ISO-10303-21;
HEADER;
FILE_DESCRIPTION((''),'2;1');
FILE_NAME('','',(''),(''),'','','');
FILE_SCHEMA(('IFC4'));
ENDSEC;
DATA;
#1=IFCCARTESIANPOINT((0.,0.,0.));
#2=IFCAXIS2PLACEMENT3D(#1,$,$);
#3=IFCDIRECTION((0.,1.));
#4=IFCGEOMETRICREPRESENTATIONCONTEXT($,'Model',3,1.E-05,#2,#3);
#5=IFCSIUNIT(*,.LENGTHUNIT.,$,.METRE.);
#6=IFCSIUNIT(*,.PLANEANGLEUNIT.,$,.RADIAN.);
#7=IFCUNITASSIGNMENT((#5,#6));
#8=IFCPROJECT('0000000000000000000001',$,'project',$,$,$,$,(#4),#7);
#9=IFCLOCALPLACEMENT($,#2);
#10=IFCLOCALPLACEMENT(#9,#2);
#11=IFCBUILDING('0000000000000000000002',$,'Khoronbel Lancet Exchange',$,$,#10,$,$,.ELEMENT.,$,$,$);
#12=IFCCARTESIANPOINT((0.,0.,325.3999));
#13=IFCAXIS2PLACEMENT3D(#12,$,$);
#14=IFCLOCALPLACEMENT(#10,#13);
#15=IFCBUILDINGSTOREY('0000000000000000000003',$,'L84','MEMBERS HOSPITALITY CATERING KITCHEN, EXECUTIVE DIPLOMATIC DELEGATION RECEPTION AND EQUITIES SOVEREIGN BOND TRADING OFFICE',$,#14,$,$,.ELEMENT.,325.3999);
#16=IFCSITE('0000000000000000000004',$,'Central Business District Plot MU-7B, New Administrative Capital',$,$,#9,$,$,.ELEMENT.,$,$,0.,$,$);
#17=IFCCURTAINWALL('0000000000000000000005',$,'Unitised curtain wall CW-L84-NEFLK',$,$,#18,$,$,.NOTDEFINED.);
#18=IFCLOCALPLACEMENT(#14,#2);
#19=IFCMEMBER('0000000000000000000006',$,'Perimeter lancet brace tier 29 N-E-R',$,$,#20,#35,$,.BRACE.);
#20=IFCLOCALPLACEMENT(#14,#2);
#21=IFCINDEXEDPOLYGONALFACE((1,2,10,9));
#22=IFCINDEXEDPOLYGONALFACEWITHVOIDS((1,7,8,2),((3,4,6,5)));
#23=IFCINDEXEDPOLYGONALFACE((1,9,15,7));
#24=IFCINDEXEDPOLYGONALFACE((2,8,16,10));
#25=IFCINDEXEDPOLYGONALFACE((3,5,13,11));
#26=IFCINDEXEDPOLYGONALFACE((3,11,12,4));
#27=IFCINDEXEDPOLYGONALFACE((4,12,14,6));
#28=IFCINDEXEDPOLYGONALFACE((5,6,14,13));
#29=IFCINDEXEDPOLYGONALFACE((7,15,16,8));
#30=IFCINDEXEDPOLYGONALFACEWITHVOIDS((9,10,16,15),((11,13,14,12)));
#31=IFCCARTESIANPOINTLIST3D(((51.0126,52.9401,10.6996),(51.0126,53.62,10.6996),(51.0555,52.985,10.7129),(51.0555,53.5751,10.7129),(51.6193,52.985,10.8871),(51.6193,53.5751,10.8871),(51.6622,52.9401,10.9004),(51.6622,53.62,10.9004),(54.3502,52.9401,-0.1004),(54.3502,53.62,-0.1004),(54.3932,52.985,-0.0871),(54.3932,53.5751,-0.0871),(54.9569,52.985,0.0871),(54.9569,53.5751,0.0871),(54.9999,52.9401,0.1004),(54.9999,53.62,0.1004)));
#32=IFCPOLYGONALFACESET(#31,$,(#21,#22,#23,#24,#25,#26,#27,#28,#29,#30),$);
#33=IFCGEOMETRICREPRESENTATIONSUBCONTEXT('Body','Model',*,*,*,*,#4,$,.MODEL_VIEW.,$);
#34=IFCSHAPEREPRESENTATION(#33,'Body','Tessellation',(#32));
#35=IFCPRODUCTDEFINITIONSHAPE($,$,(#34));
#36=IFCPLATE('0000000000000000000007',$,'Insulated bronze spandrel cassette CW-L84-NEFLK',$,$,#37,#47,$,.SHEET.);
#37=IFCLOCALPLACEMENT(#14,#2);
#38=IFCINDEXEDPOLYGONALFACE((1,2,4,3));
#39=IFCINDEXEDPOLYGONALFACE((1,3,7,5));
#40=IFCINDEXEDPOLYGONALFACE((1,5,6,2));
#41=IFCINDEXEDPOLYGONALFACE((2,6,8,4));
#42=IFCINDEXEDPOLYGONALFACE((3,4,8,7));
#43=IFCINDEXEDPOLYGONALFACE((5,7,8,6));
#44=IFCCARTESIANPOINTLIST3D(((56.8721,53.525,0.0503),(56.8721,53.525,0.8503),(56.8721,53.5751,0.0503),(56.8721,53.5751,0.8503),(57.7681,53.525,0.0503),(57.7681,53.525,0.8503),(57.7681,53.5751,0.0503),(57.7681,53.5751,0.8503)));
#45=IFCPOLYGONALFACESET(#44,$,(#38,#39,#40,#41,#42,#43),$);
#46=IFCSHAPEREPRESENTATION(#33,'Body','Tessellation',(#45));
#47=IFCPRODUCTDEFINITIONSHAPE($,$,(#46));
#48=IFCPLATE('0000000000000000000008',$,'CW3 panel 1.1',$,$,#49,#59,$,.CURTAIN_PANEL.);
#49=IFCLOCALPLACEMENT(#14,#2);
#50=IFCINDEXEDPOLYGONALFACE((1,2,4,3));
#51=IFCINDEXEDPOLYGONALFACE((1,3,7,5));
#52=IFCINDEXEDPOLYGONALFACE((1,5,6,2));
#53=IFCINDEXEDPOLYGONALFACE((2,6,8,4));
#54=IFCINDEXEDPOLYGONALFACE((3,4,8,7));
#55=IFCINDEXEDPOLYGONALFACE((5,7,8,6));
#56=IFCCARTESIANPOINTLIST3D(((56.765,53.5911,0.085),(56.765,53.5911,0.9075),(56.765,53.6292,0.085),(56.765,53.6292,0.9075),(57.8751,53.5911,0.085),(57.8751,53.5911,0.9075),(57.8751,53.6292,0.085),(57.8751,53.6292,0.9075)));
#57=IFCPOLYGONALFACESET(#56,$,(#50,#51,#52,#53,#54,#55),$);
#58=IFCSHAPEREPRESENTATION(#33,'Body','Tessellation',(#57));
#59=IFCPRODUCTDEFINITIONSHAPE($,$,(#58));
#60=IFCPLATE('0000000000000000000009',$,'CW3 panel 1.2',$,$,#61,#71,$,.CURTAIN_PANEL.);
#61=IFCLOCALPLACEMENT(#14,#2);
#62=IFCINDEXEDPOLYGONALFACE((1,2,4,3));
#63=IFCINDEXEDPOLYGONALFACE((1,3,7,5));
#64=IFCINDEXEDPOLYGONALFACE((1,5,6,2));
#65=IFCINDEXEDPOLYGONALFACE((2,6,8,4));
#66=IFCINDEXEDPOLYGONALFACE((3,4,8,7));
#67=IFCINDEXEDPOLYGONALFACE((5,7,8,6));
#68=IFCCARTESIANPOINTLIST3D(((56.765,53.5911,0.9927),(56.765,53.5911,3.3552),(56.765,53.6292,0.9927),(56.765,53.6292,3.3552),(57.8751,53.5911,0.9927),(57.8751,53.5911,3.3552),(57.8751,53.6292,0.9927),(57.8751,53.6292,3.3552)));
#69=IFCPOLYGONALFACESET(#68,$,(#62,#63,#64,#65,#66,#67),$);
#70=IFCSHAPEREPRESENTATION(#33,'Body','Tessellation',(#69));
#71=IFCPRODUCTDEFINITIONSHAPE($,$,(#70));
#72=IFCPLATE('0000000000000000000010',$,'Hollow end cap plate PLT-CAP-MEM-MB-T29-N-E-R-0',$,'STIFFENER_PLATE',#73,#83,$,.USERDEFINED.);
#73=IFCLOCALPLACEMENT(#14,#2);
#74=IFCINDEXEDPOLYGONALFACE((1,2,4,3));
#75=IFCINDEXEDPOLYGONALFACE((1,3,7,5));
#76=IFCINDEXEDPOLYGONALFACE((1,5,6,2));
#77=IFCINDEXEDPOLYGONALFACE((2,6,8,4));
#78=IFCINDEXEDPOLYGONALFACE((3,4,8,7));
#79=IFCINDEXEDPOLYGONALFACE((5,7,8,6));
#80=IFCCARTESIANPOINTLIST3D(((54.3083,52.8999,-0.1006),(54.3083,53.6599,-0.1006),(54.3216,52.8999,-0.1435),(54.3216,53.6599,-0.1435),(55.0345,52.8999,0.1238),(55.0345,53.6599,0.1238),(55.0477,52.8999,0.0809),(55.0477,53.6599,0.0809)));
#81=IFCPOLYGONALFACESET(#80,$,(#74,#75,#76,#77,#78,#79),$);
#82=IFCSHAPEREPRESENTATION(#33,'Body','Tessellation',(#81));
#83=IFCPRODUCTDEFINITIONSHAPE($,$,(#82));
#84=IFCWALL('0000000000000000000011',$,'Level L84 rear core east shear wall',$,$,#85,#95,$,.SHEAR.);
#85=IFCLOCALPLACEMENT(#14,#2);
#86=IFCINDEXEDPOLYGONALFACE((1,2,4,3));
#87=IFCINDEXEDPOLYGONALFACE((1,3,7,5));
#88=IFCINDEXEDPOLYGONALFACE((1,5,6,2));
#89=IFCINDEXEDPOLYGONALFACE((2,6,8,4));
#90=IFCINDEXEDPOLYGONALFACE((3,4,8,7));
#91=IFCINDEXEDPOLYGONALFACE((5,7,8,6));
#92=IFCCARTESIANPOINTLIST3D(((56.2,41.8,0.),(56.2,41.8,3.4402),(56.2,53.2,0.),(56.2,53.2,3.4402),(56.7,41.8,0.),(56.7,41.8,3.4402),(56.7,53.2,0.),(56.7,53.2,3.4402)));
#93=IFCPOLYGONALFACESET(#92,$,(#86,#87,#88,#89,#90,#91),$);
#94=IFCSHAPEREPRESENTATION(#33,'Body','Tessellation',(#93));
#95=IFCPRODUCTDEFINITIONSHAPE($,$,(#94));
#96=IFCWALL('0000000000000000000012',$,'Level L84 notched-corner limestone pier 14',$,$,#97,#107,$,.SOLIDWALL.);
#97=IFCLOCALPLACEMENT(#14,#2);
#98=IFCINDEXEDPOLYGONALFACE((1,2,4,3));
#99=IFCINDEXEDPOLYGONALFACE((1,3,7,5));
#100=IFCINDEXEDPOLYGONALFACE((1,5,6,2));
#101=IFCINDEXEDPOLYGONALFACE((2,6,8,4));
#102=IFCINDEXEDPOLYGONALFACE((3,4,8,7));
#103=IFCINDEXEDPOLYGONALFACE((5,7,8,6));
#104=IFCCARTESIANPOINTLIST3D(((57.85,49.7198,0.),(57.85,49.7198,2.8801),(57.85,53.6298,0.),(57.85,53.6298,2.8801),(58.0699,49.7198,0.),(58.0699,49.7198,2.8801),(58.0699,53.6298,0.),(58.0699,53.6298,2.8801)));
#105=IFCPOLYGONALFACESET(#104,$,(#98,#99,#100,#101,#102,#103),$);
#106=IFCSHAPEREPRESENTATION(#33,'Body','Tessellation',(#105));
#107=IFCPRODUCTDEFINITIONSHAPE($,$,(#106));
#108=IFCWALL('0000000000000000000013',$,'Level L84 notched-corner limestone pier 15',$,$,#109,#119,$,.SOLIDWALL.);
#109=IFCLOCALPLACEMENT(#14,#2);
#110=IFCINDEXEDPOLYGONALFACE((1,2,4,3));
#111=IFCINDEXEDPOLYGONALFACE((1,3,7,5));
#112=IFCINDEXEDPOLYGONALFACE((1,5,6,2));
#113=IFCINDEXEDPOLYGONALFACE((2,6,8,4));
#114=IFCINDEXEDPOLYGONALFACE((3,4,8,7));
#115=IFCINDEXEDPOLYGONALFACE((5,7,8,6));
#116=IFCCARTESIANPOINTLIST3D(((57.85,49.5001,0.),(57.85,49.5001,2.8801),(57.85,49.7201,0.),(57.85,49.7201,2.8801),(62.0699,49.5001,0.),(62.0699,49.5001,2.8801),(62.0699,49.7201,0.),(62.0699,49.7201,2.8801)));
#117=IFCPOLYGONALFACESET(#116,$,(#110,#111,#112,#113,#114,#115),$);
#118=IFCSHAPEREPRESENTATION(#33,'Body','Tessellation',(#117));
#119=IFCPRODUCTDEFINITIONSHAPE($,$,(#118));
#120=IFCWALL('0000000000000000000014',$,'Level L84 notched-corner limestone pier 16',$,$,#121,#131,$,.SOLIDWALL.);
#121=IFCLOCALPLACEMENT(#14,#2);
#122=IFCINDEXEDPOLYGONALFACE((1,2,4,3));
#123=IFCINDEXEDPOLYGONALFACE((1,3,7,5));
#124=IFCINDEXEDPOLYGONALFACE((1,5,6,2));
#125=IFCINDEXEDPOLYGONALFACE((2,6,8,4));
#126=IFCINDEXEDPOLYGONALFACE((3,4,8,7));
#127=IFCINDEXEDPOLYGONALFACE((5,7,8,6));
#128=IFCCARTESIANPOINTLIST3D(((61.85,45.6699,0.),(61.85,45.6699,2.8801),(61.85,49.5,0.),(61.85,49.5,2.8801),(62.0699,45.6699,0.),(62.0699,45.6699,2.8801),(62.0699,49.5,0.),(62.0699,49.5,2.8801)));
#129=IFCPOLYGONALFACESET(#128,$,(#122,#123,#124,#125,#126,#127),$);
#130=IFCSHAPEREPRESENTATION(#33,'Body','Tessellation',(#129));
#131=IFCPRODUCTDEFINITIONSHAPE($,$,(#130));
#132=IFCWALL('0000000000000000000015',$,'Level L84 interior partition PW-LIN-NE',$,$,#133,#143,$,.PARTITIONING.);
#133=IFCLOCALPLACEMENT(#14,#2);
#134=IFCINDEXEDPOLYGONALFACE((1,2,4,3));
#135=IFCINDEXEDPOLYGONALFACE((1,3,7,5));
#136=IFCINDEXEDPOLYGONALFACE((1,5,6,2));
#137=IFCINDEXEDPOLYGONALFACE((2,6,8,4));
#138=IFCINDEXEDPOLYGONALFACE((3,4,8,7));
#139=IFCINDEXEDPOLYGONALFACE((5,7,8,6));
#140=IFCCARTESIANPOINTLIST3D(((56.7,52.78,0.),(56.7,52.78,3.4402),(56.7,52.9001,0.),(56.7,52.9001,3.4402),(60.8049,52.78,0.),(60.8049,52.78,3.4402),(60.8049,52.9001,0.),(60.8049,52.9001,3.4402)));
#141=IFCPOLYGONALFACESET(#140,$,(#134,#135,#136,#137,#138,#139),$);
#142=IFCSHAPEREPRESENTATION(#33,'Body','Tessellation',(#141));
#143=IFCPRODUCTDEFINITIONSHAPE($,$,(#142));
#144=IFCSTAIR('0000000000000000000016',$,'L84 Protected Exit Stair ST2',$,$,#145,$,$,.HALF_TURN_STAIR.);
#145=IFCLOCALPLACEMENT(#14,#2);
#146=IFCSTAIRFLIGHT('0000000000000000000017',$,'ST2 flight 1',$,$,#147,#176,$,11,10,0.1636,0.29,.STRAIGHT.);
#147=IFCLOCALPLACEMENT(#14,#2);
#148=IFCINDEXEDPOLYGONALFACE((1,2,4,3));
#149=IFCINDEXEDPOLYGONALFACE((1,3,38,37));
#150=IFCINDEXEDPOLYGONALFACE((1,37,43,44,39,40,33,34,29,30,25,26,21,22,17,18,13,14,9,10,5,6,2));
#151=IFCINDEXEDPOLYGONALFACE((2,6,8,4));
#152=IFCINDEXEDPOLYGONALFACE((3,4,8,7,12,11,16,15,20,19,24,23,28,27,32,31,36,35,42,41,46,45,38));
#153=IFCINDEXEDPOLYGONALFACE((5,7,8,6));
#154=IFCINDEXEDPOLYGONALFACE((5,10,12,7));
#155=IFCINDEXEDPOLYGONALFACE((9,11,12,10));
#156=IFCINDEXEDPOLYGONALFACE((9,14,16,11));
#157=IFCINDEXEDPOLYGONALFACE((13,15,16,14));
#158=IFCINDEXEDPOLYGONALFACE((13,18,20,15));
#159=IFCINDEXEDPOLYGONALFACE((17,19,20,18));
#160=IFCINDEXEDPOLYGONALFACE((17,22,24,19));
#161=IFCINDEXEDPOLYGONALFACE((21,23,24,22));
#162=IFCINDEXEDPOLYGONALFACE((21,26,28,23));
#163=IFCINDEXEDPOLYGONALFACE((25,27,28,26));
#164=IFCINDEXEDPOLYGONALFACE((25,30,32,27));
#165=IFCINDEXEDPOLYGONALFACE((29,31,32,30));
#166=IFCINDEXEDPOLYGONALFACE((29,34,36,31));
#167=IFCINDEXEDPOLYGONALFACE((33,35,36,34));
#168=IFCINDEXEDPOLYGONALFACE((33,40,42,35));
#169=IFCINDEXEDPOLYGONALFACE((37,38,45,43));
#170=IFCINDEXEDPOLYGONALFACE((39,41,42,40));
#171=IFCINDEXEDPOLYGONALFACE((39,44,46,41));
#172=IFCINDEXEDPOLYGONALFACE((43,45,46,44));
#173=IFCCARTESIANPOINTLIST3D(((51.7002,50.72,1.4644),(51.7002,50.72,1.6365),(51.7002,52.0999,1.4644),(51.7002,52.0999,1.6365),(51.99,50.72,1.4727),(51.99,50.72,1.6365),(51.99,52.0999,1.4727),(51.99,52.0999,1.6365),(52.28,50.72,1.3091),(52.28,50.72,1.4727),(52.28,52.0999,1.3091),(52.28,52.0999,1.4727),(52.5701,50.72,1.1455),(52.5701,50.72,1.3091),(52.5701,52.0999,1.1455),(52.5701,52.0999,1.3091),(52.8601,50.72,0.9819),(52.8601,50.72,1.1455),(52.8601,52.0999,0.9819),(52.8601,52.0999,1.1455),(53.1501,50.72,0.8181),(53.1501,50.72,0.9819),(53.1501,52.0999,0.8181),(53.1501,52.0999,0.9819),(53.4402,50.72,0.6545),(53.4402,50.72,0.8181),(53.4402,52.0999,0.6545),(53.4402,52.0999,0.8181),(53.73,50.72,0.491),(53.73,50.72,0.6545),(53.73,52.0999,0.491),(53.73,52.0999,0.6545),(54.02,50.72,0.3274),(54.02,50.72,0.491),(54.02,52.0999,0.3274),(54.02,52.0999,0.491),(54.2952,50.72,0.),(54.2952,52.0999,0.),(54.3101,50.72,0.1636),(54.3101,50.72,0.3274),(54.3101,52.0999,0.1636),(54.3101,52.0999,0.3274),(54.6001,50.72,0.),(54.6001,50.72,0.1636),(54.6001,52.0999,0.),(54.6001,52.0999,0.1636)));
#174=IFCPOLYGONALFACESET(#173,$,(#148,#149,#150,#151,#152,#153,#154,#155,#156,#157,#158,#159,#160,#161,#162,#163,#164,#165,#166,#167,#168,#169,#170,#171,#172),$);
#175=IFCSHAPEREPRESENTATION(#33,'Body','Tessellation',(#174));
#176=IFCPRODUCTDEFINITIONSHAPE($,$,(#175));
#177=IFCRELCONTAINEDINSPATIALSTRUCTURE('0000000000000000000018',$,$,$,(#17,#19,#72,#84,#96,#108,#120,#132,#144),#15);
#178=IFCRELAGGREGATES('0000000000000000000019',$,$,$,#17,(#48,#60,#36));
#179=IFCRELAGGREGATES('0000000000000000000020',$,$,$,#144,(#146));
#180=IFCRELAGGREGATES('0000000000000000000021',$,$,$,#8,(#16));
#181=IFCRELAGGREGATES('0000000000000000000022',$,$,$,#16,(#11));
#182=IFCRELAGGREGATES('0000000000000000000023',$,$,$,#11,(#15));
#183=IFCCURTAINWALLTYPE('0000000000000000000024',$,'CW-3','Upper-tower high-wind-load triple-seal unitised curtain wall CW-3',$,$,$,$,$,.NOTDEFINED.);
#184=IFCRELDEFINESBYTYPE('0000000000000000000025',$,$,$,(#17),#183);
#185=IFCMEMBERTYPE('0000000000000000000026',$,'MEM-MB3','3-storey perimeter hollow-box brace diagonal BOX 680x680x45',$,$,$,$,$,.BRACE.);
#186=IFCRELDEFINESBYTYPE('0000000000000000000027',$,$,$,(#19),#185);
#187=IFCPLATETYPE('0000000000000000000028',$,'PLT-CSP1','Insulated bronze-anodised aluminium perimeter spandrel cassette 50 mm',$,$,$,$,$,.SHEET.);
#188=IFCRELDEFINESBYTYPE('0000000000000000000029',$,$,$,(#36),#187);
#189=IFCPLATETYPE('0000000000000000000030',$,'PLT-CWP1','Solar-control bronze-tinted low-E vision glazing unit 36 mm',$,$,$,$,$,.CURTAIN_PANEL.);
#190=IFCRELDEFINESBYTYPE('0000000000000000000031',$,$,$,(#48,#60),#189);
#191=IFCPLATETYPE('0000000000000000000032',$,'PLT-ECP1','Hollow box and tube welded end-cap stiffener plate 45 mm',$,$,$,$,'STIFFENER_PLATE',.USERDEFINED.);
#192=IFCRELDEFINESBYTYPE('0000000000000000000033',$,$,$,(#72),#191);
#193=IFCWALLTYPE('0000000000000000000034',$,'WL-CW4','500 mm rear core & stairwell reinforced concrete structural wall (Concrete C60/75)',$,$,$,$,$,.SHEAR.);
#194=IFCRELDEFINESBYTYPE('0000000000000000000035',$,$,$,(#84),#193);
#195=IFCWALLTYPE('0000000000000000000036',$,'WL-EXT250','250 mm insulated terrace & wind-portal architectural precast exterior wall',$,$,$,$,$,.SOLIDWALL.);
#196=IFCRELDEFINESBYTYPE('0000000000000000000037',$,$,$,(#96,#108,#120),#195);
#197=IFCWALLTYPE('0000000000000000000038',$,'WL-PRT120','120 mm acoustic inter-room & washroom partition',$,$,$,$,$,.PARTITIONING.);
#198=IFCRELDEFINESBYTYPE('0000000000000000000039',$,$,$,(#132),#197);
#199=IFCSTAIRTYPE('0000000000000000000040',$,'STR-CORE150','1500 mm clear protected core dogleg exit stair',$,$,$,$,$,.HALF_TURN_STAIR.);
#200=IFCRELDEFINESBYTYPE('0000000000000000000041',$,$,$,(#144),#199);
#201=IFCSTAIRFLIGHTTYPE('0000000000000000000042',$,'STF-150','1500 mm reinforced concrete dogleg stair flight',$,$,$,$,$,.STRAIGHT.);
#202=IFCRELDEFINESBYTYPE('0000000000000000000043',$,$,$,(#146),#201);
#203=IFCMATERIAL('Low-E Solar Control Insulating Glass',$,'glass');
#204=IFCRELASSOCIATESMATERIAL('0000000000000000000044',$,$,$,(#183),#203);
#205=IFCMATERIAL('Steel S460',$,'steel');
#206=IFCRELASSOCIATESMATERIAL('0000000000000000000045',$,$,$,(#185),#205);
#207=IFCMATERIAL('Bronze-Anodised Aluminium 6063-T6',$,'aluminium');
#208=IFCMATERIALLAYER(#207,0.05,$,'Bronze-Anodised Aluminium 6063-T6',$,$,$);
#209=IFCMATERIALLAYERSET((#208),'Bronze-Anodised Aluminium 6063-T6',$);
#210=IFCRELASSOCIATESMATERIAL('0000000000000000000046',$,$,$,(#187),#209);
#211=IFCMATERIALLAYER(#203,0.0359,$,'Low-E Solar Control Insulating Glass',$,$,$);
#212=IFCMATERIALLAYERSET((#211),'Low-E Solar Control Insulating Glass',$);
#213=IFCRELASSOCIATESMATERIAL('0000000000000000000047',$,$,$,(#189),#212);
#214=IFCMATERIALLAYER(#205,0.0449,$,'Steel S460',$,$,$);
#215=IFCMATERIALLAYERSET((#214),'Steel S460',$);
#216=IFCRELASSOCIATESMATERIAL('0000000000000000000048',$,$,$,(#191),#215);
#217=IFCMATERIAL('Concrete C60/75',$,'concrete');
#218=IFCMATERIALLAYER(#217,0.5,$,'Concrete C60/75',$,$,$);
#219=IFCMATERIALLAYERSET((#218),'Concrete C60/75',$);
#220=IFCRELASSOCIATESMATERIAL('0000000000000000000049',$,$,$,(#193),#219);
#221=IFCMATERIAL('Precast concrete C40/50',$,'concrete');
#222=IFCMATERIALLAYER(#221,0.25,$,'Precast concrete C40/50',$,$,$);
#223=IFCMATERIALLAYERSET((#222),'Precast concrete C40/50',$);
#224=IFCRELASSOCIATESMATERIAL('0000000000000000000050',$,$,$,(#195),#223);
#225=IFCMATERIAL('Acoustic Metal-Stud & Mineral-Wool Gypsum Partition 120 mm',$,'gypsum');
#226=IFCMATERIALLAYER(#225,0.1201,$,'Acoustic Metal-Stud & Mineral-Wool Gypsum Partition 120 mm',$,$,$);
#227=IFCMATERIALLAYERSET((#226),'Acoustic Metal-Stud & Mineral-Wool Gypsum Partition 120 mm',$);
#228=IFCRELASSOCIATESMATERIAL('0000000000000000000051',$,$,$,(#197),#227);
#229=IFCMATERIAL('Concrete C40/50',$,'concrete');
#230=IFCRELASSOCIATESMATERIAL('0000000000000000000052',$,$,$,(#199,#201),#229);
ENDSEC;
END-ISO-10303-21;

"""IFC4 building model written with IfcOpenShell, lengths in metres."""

from ifc_helpers import new_model, si_unit, direction, frame, frame_2d, origin, origin_2d, place, context, subcontext, project, spatial, polyline, rectangle, hollow_rectangle, outline, extrude, material, layer, layer_set, material_profile, profile_set, type_object, element, aggregate, save


model = new_model("IFC4")

# Units and contexts
model_context = context("Model", 3, precision=1e-05, world=origin(), true_north=direction((0.0, 1.0)))
body_context = subcontext(model_context, "Body", "Model", "MODEL_VIEW")
ifc_project = project(units=[si_unit("LENGTHUNIT", "METRE"), si_unit("PLANEANGLEUNIT", "RADIAN")], contexts=[model_context])

# Site, building, storey
site_placement = place(None, origin())
site = spatial("IfcSite", under=ifc_project, at=site_placement, Name="Central Business District Plot MU-7B, New Administrative Capital", CompositionType="ELEMENT", RefElevation=0.0)
building_placement = place(site_placement, origin())
building = spatial("IfcBuilding", under=site, at=building_placement, Name="Khoronbel Lancet Exchange", CompositionType="ELEMENT")
storey_placement = place(building_placement, frame((0.0, 0.0, 325.3999)))
storey = spatial("IfcBuildingStorey", under=building, at=storey_placement, Name="L84", Description="MEMBERS HOSPITALITY CATERING KITCHEN, EXECUTIVE DIPLOMATIC DELEGATION RECEPTION AND EQUITIES SOVEREIGN BOND TRADING OFFICE", CompositionType="ELEMENT", Elevation=325.3999)

# Shared definitions
ifc_material_1 = material(Name="Steel S460", Category="steel")

# Curtain wall
ifc_material_2 = material(Name="Low-E Solar Control Insulating Glass", Category="glass")
curtain_wall_type = type_object("IfcCurtainWallType", Name="CW-3", Description="Upper-tower high-wind-load triple-seal unitised curtain wall CW-3", PredefinedType="NOTDEFINED", material=ifc_material_2)
curtain_wall_placement = place(storey_placement, origin())
curtain_wall = element("IfcCurtainWall", 1, at=curtain_wall_placement, inside=storey, type_object=curtain_wall_type, Name="Unitised curtain wall CW-L84-NEFLK", PredefinedType="NOTDEFINED")
ifc_material_3 = material(Name="Bronze-Anodised Aluminium 6063-T6", Category="aluminium")

# Member
ifc_material_profile_1 = material_profile(ifc_material_1, hollow_rectangle(XDim=0.6799, YDim=0.6799, WallThickness=0.0449, at=origin_2d()), Name="BOX 680x680x45")
ifc_profile_set_1 = profile_set([ifc_material_profile_1], Name="Steel S460")
member_type_1 = type_object("IfcMemberType", Name="MEM-MB3", Description="3-storey perimeter hollow-box brace diagonal BOX 680x680x45", PredefinedType="BRACE", material=ifc_profile_set_1)
member_1_placement = place(storey_placement, frame((54.675, 53.28, 0.0), z_axis=(-0.295262, 0.0, 0.955416), x_axis=(0.0, -1.0, 0.0)))
element("IfcMember", 2, at=member_1_placement, inside=storey, type_object=member_type_1, Name="Perimeter lancet brace tier 29 N-E-R", PredefinedType="BRACE", context=body_context, shape_type="SweptSolid", body=[
    extrude(hollow_rectangle(XDim=0.6799, YDim=0.6799, WallThickness=0.0449, at=origin_2d()), origin(), (0.0, 0.0, 1.0), 11.304),
])

# Plates
ifc_layer_1 = layer(ifc_material_3, 0.05, Name="Bronze-Anodised Aluminium 6063-T6")
ifc_layer_set_1 = layer_set([ifc_layer_1], Name="Bronze-Anodised Aluminium 6063-T6")
plate_type_1 = type_object("IfcPlateType", Name="PLT-CSP1", Description="Insulated bronze-anodised aluminium perimeter spandrel cassette 50 mm", PredefinedType="SHEET", material=ifc_layer_set_1)
plate_1_placement = place(storey_placement, frame((57.3201, 53.55, 0.0503), z_axis=(0.0, 0.0, 1.0), x_axis=(-1.0, 0.0, 0.0)))
plate_1 = element("IfcPlate", 3, at=plate_1_placement, type_object=plate_type_1, Name="Insulated bronze spandrel cassette CW-L84-NEFLK", PredefinedType="SHEET", context=body_context, shape_type="SweptSolid", body=[
    extrude(rectangle(XDim=0.896, YDim=0.05, at=origin_2d()), origin(), (0.0, 0.0, 1.0), 0.8),
])
ifc_layer_2 = layer(ifc_material_2, 0.0359, Name="Low-E Solar Control Insulating Glass")
ifc_layer_set_2 = layer_set([ifc_layer_2], Name="Low-E Solar Control Insulating Glass")
plate_type_2 = type_object("IfcPlateType", Name="PLT-CWP1", Description="Solar-control bronze-tinted low-E vision glazing unit 36 mm", PredefinedType="CURTAIN_PANEL", material=ifc_layer_set_2)
plate_2_placement = place(storey_placement, frame((57.3201, 53.6101, 0.085), z_axis=(0.0, 0.0, 1.0), x_axis=(-1.0, 0.0, 0.0)))
plate_2 = element("IfcPlate", 4, at=plate_2_placement, type_object=plate_type_2, Name="CW3 panel 1.1", PredefinedType="CURTAIN_PANEL", context=body_context, shape_type="SweptSolid", body=[
    extrude(rectangle(XDim=1.1101, YDim=0.0381, at=origin_2d()), origin(), (0.0, 0.0, 1.0), 0.8225),
])
plate_3_placement = place(storey_placement, frame((57.3201, 53.6101, 0.9927), z_axis=(0.0, 0.0, 1.0), x_axis=(-1.0, 0.0, 0.0)))
plate_3 = element("IfcPlate", 5, at=plate_3_placement, type_object=plate_type_2, Name="CW3 panel 1.2", PredefinedType="CURTAIN_PANEL", context=body_context, shape_type="SweptSolid", body=[
    extrude(rectangle(XDim=1.1101, YDim=0.0381, at=origin_2d()), origin(), (0.0, 0.0, 1.0), 2.3625),
])
aggregate(curtain_wall, [plate_2, plate_3, plate_1])
ifc_layer_3 = layer(ifc_material_1, 0.0449, Name="Steel S460")
ifc_layer_set_3 = layer_set([ifc_layer_3], Name="Steel S460")
plate_type_3 = type_object("IfcPlateType", Name="PLT-ECP1", Description="Hollow box and tube welded end-cap stiffener plate 45 mm", ElementType="STIFFENER_PLATE", PredefinedType="USERDEFINED", material=ifc_layer_set_3)
plate_4_placement = place(storey_placement, frame((54.3083, 53.6599, -0.1006), z_axis=(-0.295237, 0.0, 0.955424), x_axis=(0.0, -1.0, 0.0)))
element("IfcPlate", 6, at=plate_4_placement, inside=storey, type_object=plate_type_3, Name="Hollow end cap plate PLT-CAP-MEM-MB-T29-N-E-R-0", ObjectType="STIFFENER_PLATE", PredefinedType="USERDEFINED", context=body_context, shape_type="SweptSolid", body=[
    extrude(outline(polyline([(0.0, 0.0), (0.76, 0.0), (0.76, 0.76), (0.0, 0.76), (0.0, 0.0)])), origin(), (0.0, 0.0, -1.0), 0.0449),
])

# Walls
ifc_material_4 = material(Name="Concrete C60/75", Category="concrete")
ifc_layer_4 = layer(ifc_material_4, 0.5, Name="Concrete C60/75")
ifc_layer_set_4 = layer_set([ifc_layer_4], Name="Concrete C60/75")
wall_type_1 = type_object("IfcWallType", Name="WL-CW4", Description="500 mm rear core & stairwell reinforced concrete structural wall (Concrete C60/75)", PredefinedType="SHEAR", material=ifc_layer_set_4)
wall_1_placement = place(storey_placement, frame((56.45, 53.2, 0.0), z_axis=(0.0, 0.0, 1.0), x_axis=(0.0, -1.0, 0.0)))
element("IfcWall", 7, at=wall_1_placement, inside=storey, type_object=wall_type_1, Name="Level L84 rear core east shear wall", PredefinedType="SHEAR", context=body_context, shape_type="SweptSolid", body=[
    extrude(rectangle(XDim=11.3999, YDim=0.5, at=frame_2d((5.7, 0.0))), origin(), (0.0, 0.0, 1.0), 3.4402),
])
ifc_material_5 = material(Name="Precast concrete C40/50", Category="concrete")
ifc_layer_5 = layer(ifc_material_5, 0.25, Name="Precast concrete C40/50")
ifc_layer_set_5 = layer_set([ifc_layer_5], Name="Precast concrete C40/50")
wall_type_2 = type_object("IfcWallType", Name="WL-EXT250", Description="250 mm insulated terrace & wind-portal architectural precast exterior wall", PredefinedType="SOLIDWALL", material=ifc_layer_set_5)
wall_2_placement = place(storey_placement, frame((57.96, 53.6299, 0.0), z_axis=(0.0, 0.0, 1.0), x_axis=(0.0, -1.0, 0.0)))
element("IfcWall", 8, at=wall_2_placement, inside=storey, type_object=wall_type_2, Name="Level L84 notched-corner limestone pier 14", PredefinedType="SOLIDWALL", context=body_context, shape_type="SweptSolid", body=[
    extrude(rectangle(XDim=3.9099, YDim=0.22, at=frame_2d((1.9551, 0.0))), origin(), (0.0, 0.0, 1.0), 2.8801),
])
wall_3_placement = place(storey_placement, frame((57.8501, 49.6101, 0.0), z_axis=(0.0, 0.0, 1.0), x_axis=(1.0, 0.0, 0.0)))
element("IfcWall", 9, at=wall_3_placement, inside=storey, type_object=wall_type_2, Name="Level L84 notched-corner limestone pier 15", PredefinedType="SOLIDWALL", context=body_context, shape_type="SweptSolid", body=[
    extrude(rectangle(XDim=4.22, YDim=0.22, at=frame_2d((2.1099, 0.0))), origin(), (0.0, 0.0, 1.0), 2.8801),
])
wall_4_placement = place(storey_placement, frame((61.96, 49.5, 0.0), z_axis=(0.0, 0.0, 1.0), x_axis=(0.0, -1.0, 0.0)))
element("IfcWall", 10, at=wall_4_placement, inside=storey, type_object=wall_type_2, Name="Level L84 notched-corner limestone pier 16", PredefinedType="SOLIDWALL", context=body_context, shape_type="SweptSolid", body=[
    extrude(rectangle(XDim=3.8301, YDim=0.22, at=frame_2d((1.915, 0.0))), origin(), (0.0, 0.0, 1.0), 2.8801),
])
ifc_material_6 = material(Name="Acoustic Metal-Stud & Mineral-Wool Gypsum Partition 120 mm", Category="gypsum")
ifc_layer_6 = layer(ifc_material_6, 0.1201, Name="Acoustic Metal-Stud & Mineral-Wool Gypsum Partition 120 mm")
ifc_layer_set_6 = layer_set([ifc_layer_6], Name="Acoustic Metal-Stud & Mineral-Wool Gypsum Partition 120 mm")
wall_type_3 = type_object("IfcWallType", Name="WL-PRT120", Description="120 mm acoustic inter-room & washroom partition", PredefinedType="PARTITIONING", material=ifc_layer_set_6)
wall_5_placement = place(storey_placement, frame((56.7, 52.8401, 0.0), z_axis=(0.0, 0.0, 1.0), x_axis=(1.0, 0.0, 0.0)))
element("IfcWall", 11, at=wall_5_placement, inside=storey, type_object=wall_type_3, Name="Level L84 interior partition PW-LIN-NE", PredefinedType="PARTITIONING", context=body_context, shape_type="SweptSolid", body=[
    extrude(rectangle(XDim=4.105, YDim=0.1201, at=frame_2d((2.0525, 0.0))), origin(), (0.0, 0.0, 1.0), 3.4402),
])

# Stair, stair flight
ifc_material_7 = material(Name="Concrete C40/50", Category="concrete")
stair_type = type_object("IfcStairType", Name="STR-CORE150", Description="1500 mm clear protected core dogleg exit stair", PredefinedType="HALF_TURN_STAIR", material=ifc_material_7)
stair_placement = place(storey_placement, origin())
stair = element("IfcStair", 12, at=stair_placement, inside=storey, type_object=stair_type, Name="L84 Protected Exit Stair ST2", PredefinedType="HALF_TURN_STAIR")
stair_flight_type = type_object("IfcStairFlightType", Name="STF-150", Description="1500 mm reinforced concrete dogleg stair flight", PredefinedType="STRAIGHT", material=ifc_material_7)
stair_flight_placement = place(storey_placement, frame((54.6001, 51.4099, 0.0), z_axis=(0.0, 0.0, 1.0), x_axis=(-1.0, 0.0, 0.0)))
stair_flight = element("IfcStairFlight", 13, at=stair_flight_placement, type_object=stair_flight_type, Name="ST2 flight 1", NumberOfRisers=11, NumberOfTreads=10, PredefinedType="STRAIGHT", RiserHeight=0.1636, TreadLength=0.29, context=body_context, shape_type="SweptSolid", body=[
    extrude(outline(polyline([(0.0, 0.0), (0.0, 0.1636), (0.29, 0.1636), (0.29, 0.3274), (0.5801, 0.3274), (0.5801, 0.491), (0.8701, 0.491), (0.8701, 0.6545), (1.1599, 0.6545), (1.1599, 0.8181), (1.45, 0.8181), (1.45, 0.9819), (1.74, 0.9819), (1.74, 1.1455), (2.03, 1.1455), (2.03, 1.3091), (2.3201, 1.3091), (2.3201, 1.4727), (2.6101, 1.4727), (2.6101, 1.6365), (2.8999, 1.6365), (2.8999, 1.8), (2.8999, 1.4644), (0.3049, 0.0), (0.0, 0.0)])), frame((0.0, 0.6899, 0.0), z_axis=(0.0, -1.0, 0.0), x_axis=(1.0, 0.0, 0.0)), (0.0, 0.0, 1.0), 1.3799),
])
aggregate(stair, [stair_flight])

save(model, "model.ifc")
